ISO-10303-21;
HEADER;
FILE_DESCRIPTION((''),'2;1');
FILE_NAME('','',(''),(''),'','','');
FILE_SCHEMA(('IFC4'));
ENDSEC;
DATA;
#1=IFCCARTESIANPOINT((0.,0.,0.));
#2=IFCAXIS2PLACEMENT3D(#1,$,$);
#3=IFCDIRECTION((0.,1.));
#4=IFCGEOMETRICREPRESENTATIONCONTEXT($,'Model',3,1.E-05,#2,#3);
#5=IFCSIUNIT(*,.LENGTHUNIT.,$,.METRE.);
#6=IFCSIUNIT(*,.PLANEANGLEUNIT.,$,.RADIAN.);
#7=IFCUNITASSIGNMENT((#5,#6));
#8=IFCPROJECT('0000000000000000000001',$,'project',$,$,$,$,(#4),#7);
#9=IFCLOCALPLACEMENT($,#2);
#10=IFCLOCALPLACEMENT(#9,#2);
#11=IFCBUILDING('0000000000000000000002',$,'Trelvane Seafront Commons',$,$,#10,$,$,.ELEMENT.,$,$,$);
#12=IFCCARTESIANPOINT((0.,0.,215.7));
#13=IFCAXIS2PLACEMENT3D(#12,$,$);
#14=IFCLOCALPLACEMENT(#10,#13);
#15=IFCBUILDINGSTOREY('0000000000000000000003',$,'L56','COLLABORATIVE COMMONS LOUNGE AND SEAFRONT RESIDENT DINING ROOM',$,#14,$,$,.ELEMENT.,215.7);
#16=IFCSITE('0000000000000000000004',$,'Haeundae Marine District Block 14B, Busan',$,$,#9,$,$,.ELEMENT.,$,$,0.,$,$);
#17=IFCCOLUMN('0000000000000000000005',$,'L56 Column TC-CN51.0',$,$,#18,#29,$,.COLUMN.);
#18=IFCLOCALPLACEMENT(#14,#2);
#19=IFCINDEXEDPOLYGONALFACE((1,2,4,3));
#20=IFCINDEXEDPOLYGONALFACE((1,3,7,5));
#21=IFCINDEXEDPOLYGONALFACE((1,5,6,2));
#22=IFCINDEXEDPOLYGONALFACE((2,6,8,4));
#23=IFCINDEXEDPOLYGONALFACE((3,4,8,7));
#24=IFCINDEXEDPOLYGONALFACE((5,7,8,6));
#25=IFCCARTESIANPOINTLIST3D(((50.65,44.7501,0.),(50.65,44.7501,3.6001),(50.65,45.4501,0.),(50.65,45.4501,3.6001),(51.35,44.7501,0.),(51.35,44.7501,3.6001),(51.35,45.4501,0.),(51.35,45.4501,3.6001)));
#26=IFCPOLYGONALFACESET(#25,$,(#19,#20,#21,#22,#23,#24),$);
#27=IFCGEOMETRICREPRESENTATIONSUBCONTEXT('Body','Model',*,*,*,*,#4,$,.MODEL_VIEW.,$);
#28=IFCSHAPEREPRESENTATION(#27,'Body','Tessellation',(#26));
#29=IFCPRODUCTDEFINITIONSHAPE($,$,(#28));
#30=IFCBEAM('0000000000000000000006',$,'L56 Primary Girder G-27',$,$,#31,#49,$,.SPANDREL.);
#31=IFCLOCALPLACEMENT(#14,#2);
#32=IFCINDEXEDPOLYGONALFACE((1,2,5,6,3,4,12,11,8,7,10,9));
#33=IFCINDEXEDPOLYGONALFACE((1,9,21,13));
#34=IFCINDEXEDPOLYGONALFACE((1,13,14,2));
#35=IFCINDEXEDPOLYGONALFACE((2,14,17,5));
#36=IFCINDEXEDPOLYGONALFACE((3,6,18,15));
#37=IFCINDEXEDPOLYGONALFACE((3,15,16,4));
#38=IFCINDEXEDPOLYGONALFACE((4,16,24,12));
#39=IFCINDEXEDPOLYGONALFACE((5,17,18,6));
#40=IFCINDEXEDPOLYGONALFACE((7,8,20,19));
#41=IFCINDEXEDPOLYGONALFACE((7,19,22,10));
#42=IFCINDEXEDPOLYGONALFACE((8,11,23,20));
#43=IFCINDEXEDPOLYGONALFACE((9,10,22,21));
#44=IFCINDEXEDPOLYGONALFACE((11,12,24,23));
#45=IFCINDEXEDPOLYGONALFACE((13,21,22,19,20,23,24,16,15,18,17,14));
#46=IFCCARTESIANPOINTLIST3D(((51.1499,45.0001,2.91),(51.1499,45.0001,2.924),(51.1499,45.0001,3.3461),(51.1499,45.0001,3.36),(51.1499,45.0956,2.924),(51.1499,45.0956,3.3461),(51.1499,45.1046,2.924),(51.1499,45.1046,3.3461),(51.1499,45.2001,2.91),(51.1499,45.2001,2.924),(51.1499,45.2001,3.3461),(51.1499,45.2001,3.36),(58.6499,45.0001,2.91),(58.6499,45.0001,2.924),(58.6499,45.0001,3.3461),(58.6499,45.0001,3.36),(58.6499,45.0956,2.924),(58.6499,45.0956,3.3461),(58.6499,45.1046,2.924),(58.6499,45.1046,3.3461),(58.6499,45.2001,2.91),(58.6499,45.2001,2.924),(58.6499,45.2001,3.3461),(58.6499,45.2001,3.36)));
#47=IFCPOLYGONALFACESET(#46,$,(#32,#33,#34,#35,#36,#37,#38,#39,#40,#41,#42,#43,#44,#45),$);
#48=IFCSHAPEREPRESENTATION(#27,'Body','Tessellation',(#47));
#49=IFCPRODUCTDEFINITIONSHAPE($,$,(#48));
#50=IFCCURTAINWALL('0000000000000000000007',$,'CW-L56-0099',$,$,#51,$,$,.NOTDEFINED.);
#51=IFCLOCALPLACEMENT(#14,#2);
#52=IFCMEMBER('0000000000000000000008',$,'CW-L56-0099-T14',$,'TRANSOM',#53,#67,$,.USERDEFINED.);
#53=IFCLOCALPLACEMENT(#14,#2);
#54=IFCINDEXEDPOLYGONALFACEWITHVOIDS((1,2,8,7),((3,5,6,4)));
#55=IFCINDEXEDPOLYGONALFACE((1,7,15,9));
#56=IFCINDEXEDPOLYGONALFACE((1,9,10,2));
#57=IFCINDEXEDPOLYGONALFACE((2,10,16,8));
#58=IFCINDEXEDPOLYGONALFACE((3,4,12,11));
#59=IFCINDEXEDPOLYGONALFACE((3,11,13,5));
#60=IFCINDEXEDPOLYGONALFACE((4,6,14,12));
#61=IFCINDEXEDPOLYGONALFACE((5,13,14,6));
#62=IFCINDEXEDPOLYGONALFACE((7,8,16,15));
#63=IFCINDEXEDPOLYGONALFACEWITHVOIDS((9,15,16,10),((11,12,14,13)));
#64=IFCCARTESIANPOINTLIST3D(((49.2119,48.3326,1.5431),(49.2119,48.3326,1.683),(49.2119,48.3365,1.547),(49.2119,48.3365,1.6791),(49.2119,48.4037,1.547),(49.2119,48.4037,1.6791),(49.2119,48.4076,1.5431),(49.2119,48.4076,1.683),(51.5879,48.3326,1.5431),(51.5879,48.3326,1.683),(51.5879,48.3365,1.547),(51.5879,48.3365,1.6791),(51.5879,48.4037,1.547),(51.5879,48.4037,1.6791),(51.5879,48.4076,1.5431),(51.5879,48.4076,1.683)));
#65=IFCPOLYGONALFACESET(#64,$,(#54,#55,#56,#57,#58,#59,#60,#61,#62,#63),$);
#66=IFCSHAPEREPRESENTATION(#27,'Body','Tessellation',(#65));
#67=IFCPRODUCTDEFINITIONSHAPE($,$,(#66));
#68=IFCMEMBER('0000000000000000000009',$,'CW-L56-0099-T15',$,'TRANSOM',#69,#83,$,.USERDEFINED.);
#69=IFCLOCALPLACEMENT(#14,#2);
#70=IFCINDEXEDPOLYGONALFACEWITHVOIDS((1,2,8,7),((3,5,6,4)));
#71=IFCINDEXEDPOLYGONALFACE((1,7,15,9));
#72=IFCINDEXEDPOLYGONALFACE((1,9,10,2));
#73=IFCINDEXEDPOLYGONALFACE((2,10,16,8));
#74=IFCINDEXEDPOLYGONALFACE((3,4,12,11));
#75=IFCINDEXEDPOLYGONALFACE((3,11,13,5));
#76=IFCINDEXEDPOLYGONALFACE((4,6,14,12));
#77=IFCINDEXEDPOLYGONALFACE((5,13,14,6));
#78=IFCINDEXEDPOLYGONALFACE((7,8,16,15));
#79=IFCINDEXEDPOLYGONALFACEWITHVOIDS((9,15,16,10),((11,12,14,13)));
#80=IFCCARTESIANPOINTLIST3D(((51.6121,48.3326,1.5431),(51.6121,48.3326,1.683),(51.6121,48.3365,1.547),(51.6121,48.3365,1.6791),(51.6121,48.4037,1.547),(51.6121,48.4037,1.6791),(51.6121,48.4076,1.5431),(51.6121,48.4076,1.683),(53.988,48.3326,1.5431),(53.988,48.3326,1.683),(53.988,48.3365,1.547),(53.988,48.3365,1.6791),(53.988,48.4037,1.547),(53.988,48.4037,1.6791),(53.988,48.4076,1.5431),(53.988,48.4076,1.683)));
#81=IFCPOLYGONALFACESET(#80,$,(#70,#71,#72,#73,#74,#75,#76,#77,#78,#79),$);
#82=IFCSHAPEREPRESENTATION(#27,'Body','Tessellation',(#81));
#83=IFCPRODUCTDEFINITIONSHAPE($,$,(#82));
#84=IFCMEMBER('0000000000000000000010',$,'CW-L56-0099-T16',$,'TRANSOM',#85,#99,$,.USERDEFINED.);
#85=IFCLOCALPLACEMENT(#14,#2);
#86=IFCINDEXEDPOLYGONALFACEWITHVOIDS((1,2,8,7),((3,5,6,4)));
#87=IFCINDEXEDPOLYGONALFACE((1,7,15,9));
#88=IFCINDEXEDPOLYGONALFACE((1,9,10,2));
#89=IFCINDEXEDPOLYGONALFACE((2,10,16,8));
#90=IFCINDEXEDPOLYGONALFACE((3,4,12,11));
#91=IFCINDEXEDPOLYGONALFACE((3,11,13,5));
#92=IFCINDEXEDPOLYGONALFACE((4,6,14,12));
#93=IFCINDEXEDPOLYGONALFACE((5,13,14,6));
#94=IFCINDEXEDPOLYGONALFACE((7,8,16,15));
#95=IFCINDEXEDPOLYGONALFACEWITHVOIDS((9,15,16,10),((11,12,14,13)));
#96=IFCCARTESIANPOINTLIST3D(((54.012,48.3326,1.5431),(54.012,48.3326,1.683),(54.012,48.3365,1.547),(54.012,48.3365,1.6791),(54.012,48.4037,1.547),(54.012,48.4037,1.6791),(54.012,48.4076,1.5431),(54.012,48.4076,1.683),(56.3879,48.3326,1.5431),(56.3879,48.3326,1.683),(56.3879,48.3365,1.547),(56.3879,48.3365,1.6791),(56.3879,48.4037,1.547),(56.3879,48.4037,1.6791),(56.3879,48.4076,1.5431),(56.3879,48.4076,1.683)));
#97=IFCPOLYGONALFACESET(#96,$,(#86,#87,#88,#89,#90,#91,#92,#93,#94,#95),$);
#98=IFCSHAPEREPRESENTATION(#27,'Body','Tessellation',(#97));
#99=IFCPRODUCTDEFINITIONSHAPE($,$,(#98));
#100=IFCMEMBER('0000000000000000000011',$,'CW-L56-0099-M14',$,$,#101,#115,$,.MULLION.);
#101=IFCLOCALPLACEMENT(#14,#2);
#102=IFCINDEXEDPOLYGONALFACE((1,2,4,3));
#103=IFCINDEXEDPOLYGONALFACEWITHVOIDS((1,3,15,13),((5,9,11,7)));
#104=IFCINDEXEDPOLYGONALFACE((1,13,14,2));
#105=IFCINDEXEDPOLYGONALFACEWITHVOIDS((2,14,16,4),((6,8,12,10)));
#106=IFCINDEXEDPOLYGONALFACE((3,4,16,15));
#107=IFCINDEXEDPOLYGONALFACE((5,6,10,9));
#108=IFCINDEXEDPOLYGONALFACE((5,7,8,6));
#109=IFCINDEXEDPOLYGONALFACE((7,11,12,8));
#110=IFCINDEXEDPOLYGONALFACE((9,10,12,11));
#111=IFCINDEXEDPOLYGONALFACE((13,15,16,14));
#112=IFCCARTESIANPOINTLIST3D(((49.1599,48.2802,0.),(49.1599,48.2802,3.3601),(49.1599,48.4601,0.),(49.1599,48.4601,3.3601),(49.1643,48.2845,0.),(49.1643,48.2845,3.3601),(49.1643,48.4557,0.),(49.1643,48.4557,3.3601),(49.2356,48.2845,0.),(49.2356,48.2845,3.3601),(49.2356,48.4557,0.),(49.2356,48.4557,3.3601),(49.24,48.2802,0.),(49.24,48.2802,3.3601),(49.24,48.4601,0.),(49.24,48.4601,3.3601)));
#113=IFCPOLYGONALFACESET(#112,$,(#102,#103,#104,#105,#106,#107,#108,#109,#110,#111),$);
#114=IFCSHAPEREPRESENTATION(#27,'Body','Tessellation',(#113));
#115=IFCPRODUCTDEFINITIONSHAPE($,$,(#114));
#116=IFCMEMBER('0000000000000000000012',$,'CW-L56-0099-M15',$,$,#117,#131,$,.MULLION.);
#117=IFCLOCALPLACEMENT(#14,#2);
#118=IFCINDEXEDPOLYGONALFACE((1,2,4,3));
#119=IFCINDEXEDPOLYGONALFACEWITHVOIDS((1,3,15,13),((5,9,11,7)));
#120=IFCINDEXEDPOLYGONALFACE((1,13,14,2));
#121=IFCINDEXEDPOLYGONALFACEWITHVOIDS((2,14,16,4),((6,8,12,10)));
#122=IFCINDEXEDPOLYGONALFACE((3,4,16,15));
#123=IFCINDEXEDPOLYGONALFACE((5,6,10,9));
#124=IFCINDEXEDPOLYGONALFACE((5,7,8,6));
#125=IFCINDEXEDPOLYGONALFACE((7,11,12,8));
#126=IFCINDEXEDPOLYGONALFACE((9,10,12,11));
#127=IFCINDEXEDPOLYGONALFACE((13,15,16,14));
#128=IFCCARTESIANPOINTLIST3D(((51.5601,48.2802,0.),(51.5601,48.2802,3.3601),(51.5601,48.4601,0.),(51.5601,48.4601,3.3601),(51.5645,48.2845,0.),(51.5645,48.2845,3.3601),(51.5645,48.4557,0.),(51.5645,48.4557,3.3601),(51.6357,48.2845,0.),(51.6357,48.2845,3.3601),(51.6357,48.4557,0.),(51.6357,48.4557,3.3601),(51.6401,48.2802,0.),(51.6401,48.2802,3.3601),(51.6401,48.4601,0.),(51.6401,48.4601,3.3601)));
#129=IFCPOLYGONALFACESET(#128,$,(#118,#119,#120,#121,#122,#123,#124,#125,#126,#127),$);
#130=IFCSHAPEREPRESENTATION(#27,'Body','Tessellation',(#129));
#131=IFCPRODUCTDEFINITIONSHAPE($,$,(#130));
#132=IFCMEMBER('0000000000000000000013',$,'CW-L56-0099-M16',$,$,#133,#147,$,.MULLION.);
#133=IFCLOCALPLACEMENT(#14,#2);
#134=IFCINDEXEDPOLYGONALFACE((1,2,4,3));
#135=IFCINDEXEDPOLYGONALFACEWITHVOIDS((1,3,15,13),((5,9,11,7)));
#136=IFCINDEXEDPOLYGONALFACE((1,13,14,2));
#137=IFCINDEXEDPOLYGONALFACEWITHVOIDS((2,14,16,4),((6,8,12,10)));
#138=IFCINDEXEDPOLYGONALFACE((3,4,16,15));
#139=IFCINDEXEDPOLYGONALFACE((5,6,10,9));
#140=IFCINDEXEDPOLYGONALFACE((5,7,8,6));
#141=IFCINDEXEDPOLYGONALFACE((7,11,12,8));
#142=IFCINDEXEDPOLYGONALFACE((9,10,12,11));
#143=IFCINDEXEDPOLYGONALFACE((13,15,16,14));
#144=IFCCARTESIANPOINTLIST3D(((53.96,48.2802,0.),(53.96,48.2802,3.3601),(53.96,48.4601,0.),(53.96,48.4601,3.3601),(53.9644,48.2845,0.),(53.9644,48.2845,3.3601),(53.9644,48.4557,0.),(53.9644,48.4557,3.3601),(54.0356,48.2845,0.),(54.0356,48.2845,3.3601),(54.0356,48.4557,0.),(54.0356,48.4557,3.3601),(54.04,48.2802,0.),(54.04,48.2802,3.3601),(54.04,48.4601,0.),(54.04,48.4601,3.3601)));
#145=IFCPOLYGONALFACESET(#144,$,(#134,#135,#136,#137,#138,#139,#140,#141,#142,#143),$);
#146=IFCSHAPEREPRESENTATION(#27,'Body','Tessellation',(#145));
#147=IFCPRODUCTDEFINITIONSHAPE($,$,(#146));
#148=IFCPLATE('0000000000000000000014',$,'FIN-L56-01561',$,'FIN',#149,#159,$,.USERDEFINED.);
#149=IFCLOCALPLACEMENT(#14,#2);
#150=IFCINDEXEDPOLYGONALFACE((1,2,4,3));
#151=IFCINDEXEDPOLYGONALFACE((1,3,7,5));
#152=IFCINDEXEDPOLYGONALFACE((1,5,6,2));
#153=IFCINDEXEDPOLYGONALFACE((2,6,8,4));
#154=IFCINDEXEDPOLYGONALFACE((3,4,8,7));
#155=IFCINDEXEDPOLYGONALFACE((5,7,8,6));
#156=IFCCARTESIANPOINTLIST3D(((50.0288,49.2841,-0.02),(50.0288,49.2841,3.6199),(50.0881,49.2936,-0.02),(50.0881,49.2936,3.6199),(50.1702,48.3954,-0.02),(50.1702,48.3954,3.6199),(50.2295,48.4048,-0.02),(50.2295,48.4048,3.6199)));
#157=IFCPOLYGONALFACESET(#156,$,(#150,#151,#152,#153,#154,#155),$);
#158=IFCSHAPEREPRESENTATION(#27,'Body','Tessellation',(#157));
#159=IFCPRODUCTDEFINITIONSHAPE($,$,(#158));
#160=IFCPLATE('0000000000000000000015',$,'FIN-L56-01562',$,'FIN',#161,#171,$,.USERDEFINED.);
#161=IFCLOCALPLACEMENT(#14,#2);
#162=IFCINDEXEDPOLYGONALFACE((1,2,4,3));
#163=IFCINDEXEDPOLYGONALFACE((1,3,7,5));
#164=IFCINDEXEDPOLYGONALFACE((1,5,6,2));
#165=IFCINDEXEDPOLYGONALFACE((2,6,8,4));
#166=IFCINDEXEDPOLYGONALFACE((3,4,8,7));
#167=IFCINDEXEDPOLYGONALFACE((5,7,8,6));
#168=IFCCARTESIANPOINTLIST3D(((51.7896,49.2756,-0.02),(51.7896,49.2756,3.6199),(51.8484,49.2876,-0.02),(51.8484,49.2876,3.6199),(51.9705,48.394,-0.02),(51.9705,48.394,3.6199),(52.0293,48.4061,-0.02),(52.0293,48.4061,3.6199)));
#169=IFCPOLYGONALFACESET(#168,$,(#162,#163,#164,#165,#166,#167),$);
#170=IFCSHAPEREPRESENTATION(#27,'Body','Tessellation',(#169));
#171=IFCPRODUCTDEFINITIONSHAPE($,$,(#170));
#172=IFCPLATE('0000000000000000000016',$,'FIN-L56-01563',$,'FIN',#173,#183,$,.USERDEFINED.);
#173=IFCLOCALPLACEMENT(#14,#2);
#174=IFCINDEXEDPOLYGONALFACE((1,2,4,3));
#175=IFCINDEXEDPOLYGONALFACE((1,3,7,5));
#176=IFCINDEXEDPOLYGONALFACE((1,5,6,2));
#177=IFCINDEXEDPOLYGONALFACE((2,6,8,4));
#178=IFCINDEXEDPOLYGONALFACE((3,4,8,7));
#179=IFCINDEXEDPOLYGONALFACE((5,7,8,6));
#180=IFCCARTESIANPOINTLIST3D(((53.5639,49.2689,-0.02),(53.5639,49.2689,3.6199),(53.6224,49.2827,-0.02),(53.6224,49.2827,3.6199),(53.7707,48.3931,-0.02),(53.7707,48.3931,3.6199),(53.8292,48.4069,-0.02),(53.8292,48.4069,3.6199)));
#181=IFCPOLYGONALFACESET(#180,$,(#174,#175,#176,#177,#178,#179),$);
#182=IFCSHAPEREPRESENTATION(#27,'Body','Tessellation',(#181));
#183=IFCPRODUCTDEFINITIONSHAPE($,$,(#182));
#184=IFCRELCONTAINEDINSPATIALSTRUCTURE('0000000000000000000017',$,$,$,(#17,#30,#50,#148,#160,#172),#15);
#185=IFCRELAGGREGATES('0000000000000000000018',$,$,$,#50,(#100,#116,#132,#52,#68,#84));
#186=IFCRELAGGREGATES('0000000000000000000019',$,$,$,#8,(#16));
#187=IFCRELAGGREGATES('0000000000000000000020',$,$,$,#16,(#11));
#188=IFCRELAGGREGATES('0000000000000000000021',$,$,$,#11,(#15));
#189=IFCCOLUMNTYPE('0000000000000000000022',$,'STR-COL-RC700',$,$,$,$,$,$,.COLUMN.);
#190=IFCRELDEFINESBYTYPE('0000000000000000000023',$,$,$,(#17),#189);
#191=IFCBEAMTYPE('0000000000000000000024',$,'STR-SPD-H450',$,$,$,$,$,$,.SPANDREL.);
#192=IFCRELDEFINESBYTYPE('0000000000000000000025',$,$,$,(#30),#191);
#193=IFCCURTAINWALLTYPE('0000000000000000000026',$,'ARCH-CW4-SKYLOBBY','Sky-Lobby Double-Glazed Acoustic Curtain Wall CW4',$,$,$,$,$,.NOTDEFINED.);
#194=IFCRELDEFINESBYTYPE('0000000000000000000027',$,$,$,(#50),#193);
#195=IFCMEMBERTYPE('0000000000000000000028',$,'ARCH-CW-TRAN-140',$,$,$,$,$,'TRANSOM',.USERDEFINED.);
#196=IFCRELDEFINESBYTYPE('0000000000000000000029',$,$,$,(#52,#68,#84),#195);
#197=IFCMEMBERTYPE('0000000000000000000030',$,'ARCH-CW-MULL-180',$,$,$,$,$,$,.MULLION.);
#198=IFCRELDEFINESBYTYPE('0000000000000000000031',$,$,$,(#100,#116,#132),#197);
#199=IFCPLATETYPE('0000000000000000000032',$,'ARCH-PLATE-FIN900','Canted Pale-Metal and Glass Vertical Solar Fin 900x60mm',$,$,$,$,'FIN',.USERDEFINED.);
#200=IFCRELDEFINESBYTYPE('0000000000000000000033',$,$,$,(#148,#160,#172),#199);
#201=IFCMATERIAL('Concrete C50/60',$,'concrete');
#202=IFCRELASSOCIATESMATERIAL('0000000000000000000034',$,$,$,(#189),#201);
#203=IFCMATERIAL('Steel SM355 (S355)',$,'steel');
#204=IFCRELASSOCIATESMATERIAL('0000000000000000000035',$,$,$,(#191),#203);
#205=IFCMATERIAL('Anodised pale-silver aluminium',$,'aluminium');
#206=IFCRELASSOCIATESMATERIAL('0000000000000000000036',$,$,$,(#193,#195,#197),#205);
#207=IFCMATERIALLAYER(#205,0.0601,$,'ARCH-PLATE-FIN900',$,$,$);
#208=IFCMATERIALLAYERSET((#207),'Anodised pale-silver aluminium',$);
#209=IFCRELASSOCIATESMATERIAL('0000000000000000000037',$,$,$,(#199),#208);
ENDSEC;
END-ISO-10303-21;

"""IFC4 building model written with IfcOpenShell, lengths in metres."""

from ifc_helpers import new_model, si_unit, direction, frame, origin, origin_2d, place, context, subcontext, project, spatial, rectangle, hollow_rectangle, i_section, extrude, source, transform, mapped, material, layer, layer_set, material_profile, profile_set, type_object, element, aggregate, save


model = new_model("IFC4")

# Units and contexts
model_context = context("Model", 3, precision=1e-05, world=origin(), true_north=direction((0.0, 1.0)))
body_context = subcontext(model_context, "Body", "Model", "MODEL_VIEW")
ifc_project = project(units=[si_unit("LENGTHUNIT", "METRE"), si_unit("PLANEANGLEUNIT", "RADIAN")], contexts=[model_context])

# Site, building, storey
site_placement = place(None, origin())
site = spatial("IfcSite", under=ifc_project, at=site_placement, Name="Haeundae Marine District Block 14B, Busan", CompositionType="ELEMENT", RefElevation=0.0)
building_placement = place(site_placement, origin())
building = spatial("IfcBuilding", under=site, at=building_placement, Name="Trelvane Seafront Commons", CompositionType="ELEMENT")
storey_placement = place(building_placement, frame((0.0, 0.0, 215.7)))
storey = spatial("IfcBuildingStorey", under=building, at=storey_placement, Name="L56", Description="COLLABORATIVE COMMONS LOUNGE AND SEAFRONT RESIDENT DINING ROOM", CompositionType="ELEMENT", Elevation=215.7)

# Column
ifc_material_1 = material(Name="Concrete C50/60", Category="concrete")
ifc_material_profile_1 = material_profile(ifc_material_1, rectangle(XDim=0.7, YDim=0.7, at=origin_2d()), Name="RC-700x700")
ifc_profile_set_1 = profile_set([ifc_material_profile_1], Name="Concrete C50/60")
column_type = type_object("IfcColumnType", Name="STR-COL-RC700", PredefinedType="COLUMN", material=ifc_profile_set_1)
shared_shape_1 = source(origin(), body_context, "Body", "SweptSolid", [
    extrude(rectangle(XDim=0.7, YDim=0.7, at=origin_2d()), origin(), (0.0, 0.0, 1.0), 3.6001),
])
column_placement = place(storey_placement, frame((51.0, 45.1001, 0.0), z_axis=(0.0, 0.0, 1.0), x_axis=(1.0, 0.0, 0.0)))
element("IfcColumn", 1, at=column_placement, inside=storey, type_object=column_type, Name="L56 Column TC-CN51.0", PredefinedType="COLUMN", context=body_context, shape_type="MappedRepresentation", body=[
    mapped(shared_shape_1, transform((0.0, 0.0, 0.0), x_axis=(1.0, 0.0, 0.0), y_axis=(0.0, 1.0, 0.0), z_axis=(0.0, 0.0, 1.0), scale=1.0)),
])

# Beam
ifc_material_2 = material(Name="Steel SM355 (S355)", Category="steel")
ifc_material_profile_2 = material_profile(ifc_material_2, i_section(OverallWidth=0.2, OverallDepth=0.45, WebThickness=0.009, FlangeThickness=0.0139, at=origin_2d()), Name="H-450x200x9x14")
ifc_profile_set_2 = profile_set([ifc_material_profile_2], Name="Steel SM355 (S355)")
beam_type = type_object("IfcBeamType", Name="STR-SPD-H450", PredefinedType="SPANDREL", material=ifc_profile_set_2)
shared_shape_2 = source(origin(), body_context, "Body", "SweptSolid", [
    extrude(i_section(OverallWidth=0.2, OverallDepth=0.45, WebThickness=0.009, FlangeThickness=0.0139, at=origin_2d()), origin(), (0.0, 0.0, 1.0), 7.5),
])
beam_placement = place(storey_placement, frame((51.1499, 45.1001, 3.135), z_axis=(1.0, 0.0, 0.0), x_axis=(0.0, 1.0, 0.0)))
element("IfcBeam", 2, at=beam_placement, inside=storey, type_object=beam_type, Name="L56 Primary Girder G-27", PredefinedType="SPANDREL", context=body_context, shape_type="MappedRepresentation", body=[
    mapped(shared_shape_2, transform((0.0, 0.0, 0.0), x_axis=(1.0, 0.0, 0.0), y_axis=(0.0, 1.0, 0.0), z_axis=(0.0, 0.0, 1.0), scale=1.0)),
])

# Curtain wall, members
ifc_material_3 = material(Name="Anodised pale-silver aluminium", Category="aluminium")
curtain_wall_type = type_object("IfcCurtainWallType", Name="ARCH-CW4-SKYLOBBY", Description="Sky-Lobby Double-Glazed Acoustic Curtain Wall CW4", PredefinedType="NOTDEFINED", material=ifc_material_3)
curtain_wall_placement = place(storey_placement, origin())
curtain_wall = element("IfcCurtainWall", 3, at=curtain_wall_placement, inside=storey, type_object=curtain_wall_type, Name="CW-L56-0099", PredefinedType="NOTDEFINED")
ifc_material_profile_3 = material_profile(ifc_material_3, hollow_rectangle(XDim=0.075, YDim=0.1399, WallThickness=0.0039, at=origin_2d()), Name="TRAN-75x140x4")
ifc_profile_set_3 = profile_set([ifc_material_profile_3], Name="Anodised pale-silver aluminium")
member_type_1 = type_object("IfcMemberType", Name="ARCH-CW-TRAN-140", ElementType="TRANSOM", PredefinedType="USERDEFINED", material=ifc_profile_set_3)
shared_shape_3 = source(origin(), body_context, "Body", "SweptSolid", [
    extrude(hollow_rectangle(XDim=0.075, YDim=0.1399, WallThickness=0.0039, at=origin_2d()), origin(), (0.0, 0.0, 1.0), 2.376),
])
member_1_placement = place(storey_placement, frame((49.2119, 48.3701, 1.613), z_axis=(1.0, 0.0, 0.0), x_axis=(0.0, 1.0, 0.0)))
member_1 = element("IfcMember", 4, at=member_1_placement, type_object=member_type_1, Name="CW-L56-0099-T14", ObjectType="TRANSOM", PredefinedType="USERDEFINED", context=body_context, shape_type="MappedRepresentation", body=[
    mapped(shared_shape_3, transform((0.0, 0.0, 0.0), x_axis=(1.0, 0.0, 0.0), y_axis=(0.0, 1.0, 0.0), z_axis=(0.0, 0.0, 1.0), scale=1.0)),
])
member_2_placement = place(storey_placement, frame((51.6121, 48.3701, 1.613), z_axis=(1.0, 0.0, 0.0), x_axis=(0.0, 1.0, 0.0)))
member_2 = element("IfcMember", 5, at=member_2_placement, type_object=member_type_1, Name="CW-L56-0099-T15", ObjectType="TRANSOM", PredefinedType="USERDEFINED", context=body_context, shape_type="MappedRepresentation", body=[
    mapped(shared_shape_3, transform((0.0, 0.0, 0.0), x_axis=(1.0, 0.0, 0.0), y_axis=(0.0, 1.0, 0.0), z_axis=(0.0, 0.0, 1.0), scale=1.0)),
])
member_3_placement = place(storey_placement, frame((54.012, 48.3701, 1.613), z_axis=(1.0, 0.0, 0.0), x_axis=(0.0, 1.0, 0.0)))
member_3 = element("IfcMember", 6, at=member_3_placement, type_object=member_type_1, Name="CW-L56-0099-T16", ObjectType="TRANSOM", PredefinedType="USERDEFINED", context=body_context, shape_type="MappedRepresentation", body=[
    mapped(shared_shape_3, transform((0.0, 0.0, 0.0), x_axis=(1.0, 0.0, 0.0), y_axis=(0.0, 1.0, 0.0), z_axis=(0.0, 0.0, 1.0), scale=1.0)),
])
ifc_material_profile_4 = material_profile(ifc_material_3, hollow_rectangle(XDim=0.0801, YDim=0.1799, WallThickness=0.0044, at=origin_2d()), Name="MULL-80x180x4.5")
ifc_profile_set_4 = profile_set([ifc_material_profile_4], Name="Anodised pale-silver aluminium")
member_type_2 = type_object("IfcMemberType", Name="ARCH-CW-MULL-180", PredefinedType="MULLION", material=ifc_profile_set_4)
shared_shape_4 = source(origin(), body_context, "Body", "SweptSolid", [
    extrude(hollow_rectangle(XDim=0.0801, YDim=0.1799, WallThickness=0.0044, at=origin_2d()), origin(), (0.0, 0.0, 1.0), 3.3601),
])
member_4_placement = place(storey_placement, frame((49.2, 48.3701, 0.0), z_axis=(0.0, 0.0, 1.0), x_axis=(1.0, 0.0, 0.0)))
member_4 = element("IfcMember", 7, at=member_4_placement, type_object=member_type_2, Name="CW-L56-0099-M14", PredefinedType="MULLION", context=body_context, shape_type="MappedRepresentation", body=[
    mapped(shared_shape_4, transform((0.0, 0.0, 0.0), x_axis=(1.0, 0.0, 0.0), y_axis=(0.0, 1.0, 0.0), z_axis=(0.0, 0.0, 1.0), scale=1.0)),
])
member_5_placement = place(storey_placement, frame((51.6001, 48.3701, 0.0), z_axis=(0.0, 0.0, 1.0), x_axis=(1.0, 0.0, 0.0)))
member_5 = element("IfcMember", 8, at=member_5_placement, type_object=member_type_2, Name="CW-L56-0099-M15", PredefinedType="MULLION", context=body_context, shape_type="MappedRepresentation", body=[
    mapped(shared_shape_4, transform((0.0, 0.0, 0.0), x_axis=(1.0, 0.0, 0.0), y_axis=(0.0, 1.0, 0.0), z_axis=(0.0, 0.0, 1.0), scale=1.0)),
])
member_6_placement = place(storey_placement, frame((54.0, 48.3701, 0.0), z_axis=(0.0, 0.0, 1.0), x_axis=(1.0, 0.0, 0.0)))
member_6 = element("IfcMember", 9, at=member_6_placement, type_object=member_type_2, Name="CW-L56-0099-M16", PredefinedType="MULLION", context=body_context, shape_type="MappedRepresentation", body=[
    mapped(shared_shape_4, transform((0.0, 0.0, 0.0), x_axis=(1.0, 0.0, 0.0), y_axis=(0.0, 1.0, 0.0), z_axis=(0.0, 0.0, 1.0), scale=1.0)),
])

# Plates
ifc_layer_1 = layer(ifc_material_3, 0.0601, Name="ARCH-PLATE-FIN900")
ifc_layer_set_1 = layer_set([ifc_layer_1], Name="Anodised pale-silver aluminium")
plate_type_1 = type_object("IfcPlateType", Name="ARCH-PLATE-FIN900", Description="Canted Pale-Metal and Glass Vertical Solar Fin 900x60mm", ElementType="FIN", PredefinedType="USERDEFINED", material=ifc_layer_set_1)
shared_shape_5 = source(origin(), body_context, "Body", "SweptSolid", [
    extrude(rectangle(XDim=0.8999, YDim=0.0601, at=origin_2d()), origin(), (0.0, 0.0, 1.0), 3.6399),
])
for number, where, z_axis, x_axis, name in (
    (10, (50.1292, 48.8445, -0.02), (0.0, 0.0, 1.0), (-0.157224, 0.987563, 0.0), "FIN-L56-01561"),
    (11, (51.9094, 48.8408, -0.02), (0.0, 0.0, 1.0), (-0.201008, 0.97959, 0.0), "FIN-L56-01562"),
    (12, (53.6965, 48.8379, -0.02), (0.0, 0.0, 1.0), (-0.229783, 0.973242, 0.0), "FIN-L56-01563"),
):
    element("IfcPlate", number, at=place(storey_placement, frame(where, z_axis=z_axis, x_axis=x_axis)), inside=storey, type_object=plate_type_1, Name=name, ObjectType="FIN", PredefinedType="USERDEFINED", context=body_context, shape_type="MappedRepresentation", body=[
        mapped(shared_shape_5, transform((0.0, 0.0, 0.0), x_axis=(1.0, 0.0, 0.0), y_axis=(0.0, 1.0, 0.0), z_axis=(0.0, 0.0, 1.0), scale=1.0)),
    ])

aggregate(curtain_wall, [member_4, member_5, member_6, member_1, member_2, member_3])

save(model, "model.ifc")
